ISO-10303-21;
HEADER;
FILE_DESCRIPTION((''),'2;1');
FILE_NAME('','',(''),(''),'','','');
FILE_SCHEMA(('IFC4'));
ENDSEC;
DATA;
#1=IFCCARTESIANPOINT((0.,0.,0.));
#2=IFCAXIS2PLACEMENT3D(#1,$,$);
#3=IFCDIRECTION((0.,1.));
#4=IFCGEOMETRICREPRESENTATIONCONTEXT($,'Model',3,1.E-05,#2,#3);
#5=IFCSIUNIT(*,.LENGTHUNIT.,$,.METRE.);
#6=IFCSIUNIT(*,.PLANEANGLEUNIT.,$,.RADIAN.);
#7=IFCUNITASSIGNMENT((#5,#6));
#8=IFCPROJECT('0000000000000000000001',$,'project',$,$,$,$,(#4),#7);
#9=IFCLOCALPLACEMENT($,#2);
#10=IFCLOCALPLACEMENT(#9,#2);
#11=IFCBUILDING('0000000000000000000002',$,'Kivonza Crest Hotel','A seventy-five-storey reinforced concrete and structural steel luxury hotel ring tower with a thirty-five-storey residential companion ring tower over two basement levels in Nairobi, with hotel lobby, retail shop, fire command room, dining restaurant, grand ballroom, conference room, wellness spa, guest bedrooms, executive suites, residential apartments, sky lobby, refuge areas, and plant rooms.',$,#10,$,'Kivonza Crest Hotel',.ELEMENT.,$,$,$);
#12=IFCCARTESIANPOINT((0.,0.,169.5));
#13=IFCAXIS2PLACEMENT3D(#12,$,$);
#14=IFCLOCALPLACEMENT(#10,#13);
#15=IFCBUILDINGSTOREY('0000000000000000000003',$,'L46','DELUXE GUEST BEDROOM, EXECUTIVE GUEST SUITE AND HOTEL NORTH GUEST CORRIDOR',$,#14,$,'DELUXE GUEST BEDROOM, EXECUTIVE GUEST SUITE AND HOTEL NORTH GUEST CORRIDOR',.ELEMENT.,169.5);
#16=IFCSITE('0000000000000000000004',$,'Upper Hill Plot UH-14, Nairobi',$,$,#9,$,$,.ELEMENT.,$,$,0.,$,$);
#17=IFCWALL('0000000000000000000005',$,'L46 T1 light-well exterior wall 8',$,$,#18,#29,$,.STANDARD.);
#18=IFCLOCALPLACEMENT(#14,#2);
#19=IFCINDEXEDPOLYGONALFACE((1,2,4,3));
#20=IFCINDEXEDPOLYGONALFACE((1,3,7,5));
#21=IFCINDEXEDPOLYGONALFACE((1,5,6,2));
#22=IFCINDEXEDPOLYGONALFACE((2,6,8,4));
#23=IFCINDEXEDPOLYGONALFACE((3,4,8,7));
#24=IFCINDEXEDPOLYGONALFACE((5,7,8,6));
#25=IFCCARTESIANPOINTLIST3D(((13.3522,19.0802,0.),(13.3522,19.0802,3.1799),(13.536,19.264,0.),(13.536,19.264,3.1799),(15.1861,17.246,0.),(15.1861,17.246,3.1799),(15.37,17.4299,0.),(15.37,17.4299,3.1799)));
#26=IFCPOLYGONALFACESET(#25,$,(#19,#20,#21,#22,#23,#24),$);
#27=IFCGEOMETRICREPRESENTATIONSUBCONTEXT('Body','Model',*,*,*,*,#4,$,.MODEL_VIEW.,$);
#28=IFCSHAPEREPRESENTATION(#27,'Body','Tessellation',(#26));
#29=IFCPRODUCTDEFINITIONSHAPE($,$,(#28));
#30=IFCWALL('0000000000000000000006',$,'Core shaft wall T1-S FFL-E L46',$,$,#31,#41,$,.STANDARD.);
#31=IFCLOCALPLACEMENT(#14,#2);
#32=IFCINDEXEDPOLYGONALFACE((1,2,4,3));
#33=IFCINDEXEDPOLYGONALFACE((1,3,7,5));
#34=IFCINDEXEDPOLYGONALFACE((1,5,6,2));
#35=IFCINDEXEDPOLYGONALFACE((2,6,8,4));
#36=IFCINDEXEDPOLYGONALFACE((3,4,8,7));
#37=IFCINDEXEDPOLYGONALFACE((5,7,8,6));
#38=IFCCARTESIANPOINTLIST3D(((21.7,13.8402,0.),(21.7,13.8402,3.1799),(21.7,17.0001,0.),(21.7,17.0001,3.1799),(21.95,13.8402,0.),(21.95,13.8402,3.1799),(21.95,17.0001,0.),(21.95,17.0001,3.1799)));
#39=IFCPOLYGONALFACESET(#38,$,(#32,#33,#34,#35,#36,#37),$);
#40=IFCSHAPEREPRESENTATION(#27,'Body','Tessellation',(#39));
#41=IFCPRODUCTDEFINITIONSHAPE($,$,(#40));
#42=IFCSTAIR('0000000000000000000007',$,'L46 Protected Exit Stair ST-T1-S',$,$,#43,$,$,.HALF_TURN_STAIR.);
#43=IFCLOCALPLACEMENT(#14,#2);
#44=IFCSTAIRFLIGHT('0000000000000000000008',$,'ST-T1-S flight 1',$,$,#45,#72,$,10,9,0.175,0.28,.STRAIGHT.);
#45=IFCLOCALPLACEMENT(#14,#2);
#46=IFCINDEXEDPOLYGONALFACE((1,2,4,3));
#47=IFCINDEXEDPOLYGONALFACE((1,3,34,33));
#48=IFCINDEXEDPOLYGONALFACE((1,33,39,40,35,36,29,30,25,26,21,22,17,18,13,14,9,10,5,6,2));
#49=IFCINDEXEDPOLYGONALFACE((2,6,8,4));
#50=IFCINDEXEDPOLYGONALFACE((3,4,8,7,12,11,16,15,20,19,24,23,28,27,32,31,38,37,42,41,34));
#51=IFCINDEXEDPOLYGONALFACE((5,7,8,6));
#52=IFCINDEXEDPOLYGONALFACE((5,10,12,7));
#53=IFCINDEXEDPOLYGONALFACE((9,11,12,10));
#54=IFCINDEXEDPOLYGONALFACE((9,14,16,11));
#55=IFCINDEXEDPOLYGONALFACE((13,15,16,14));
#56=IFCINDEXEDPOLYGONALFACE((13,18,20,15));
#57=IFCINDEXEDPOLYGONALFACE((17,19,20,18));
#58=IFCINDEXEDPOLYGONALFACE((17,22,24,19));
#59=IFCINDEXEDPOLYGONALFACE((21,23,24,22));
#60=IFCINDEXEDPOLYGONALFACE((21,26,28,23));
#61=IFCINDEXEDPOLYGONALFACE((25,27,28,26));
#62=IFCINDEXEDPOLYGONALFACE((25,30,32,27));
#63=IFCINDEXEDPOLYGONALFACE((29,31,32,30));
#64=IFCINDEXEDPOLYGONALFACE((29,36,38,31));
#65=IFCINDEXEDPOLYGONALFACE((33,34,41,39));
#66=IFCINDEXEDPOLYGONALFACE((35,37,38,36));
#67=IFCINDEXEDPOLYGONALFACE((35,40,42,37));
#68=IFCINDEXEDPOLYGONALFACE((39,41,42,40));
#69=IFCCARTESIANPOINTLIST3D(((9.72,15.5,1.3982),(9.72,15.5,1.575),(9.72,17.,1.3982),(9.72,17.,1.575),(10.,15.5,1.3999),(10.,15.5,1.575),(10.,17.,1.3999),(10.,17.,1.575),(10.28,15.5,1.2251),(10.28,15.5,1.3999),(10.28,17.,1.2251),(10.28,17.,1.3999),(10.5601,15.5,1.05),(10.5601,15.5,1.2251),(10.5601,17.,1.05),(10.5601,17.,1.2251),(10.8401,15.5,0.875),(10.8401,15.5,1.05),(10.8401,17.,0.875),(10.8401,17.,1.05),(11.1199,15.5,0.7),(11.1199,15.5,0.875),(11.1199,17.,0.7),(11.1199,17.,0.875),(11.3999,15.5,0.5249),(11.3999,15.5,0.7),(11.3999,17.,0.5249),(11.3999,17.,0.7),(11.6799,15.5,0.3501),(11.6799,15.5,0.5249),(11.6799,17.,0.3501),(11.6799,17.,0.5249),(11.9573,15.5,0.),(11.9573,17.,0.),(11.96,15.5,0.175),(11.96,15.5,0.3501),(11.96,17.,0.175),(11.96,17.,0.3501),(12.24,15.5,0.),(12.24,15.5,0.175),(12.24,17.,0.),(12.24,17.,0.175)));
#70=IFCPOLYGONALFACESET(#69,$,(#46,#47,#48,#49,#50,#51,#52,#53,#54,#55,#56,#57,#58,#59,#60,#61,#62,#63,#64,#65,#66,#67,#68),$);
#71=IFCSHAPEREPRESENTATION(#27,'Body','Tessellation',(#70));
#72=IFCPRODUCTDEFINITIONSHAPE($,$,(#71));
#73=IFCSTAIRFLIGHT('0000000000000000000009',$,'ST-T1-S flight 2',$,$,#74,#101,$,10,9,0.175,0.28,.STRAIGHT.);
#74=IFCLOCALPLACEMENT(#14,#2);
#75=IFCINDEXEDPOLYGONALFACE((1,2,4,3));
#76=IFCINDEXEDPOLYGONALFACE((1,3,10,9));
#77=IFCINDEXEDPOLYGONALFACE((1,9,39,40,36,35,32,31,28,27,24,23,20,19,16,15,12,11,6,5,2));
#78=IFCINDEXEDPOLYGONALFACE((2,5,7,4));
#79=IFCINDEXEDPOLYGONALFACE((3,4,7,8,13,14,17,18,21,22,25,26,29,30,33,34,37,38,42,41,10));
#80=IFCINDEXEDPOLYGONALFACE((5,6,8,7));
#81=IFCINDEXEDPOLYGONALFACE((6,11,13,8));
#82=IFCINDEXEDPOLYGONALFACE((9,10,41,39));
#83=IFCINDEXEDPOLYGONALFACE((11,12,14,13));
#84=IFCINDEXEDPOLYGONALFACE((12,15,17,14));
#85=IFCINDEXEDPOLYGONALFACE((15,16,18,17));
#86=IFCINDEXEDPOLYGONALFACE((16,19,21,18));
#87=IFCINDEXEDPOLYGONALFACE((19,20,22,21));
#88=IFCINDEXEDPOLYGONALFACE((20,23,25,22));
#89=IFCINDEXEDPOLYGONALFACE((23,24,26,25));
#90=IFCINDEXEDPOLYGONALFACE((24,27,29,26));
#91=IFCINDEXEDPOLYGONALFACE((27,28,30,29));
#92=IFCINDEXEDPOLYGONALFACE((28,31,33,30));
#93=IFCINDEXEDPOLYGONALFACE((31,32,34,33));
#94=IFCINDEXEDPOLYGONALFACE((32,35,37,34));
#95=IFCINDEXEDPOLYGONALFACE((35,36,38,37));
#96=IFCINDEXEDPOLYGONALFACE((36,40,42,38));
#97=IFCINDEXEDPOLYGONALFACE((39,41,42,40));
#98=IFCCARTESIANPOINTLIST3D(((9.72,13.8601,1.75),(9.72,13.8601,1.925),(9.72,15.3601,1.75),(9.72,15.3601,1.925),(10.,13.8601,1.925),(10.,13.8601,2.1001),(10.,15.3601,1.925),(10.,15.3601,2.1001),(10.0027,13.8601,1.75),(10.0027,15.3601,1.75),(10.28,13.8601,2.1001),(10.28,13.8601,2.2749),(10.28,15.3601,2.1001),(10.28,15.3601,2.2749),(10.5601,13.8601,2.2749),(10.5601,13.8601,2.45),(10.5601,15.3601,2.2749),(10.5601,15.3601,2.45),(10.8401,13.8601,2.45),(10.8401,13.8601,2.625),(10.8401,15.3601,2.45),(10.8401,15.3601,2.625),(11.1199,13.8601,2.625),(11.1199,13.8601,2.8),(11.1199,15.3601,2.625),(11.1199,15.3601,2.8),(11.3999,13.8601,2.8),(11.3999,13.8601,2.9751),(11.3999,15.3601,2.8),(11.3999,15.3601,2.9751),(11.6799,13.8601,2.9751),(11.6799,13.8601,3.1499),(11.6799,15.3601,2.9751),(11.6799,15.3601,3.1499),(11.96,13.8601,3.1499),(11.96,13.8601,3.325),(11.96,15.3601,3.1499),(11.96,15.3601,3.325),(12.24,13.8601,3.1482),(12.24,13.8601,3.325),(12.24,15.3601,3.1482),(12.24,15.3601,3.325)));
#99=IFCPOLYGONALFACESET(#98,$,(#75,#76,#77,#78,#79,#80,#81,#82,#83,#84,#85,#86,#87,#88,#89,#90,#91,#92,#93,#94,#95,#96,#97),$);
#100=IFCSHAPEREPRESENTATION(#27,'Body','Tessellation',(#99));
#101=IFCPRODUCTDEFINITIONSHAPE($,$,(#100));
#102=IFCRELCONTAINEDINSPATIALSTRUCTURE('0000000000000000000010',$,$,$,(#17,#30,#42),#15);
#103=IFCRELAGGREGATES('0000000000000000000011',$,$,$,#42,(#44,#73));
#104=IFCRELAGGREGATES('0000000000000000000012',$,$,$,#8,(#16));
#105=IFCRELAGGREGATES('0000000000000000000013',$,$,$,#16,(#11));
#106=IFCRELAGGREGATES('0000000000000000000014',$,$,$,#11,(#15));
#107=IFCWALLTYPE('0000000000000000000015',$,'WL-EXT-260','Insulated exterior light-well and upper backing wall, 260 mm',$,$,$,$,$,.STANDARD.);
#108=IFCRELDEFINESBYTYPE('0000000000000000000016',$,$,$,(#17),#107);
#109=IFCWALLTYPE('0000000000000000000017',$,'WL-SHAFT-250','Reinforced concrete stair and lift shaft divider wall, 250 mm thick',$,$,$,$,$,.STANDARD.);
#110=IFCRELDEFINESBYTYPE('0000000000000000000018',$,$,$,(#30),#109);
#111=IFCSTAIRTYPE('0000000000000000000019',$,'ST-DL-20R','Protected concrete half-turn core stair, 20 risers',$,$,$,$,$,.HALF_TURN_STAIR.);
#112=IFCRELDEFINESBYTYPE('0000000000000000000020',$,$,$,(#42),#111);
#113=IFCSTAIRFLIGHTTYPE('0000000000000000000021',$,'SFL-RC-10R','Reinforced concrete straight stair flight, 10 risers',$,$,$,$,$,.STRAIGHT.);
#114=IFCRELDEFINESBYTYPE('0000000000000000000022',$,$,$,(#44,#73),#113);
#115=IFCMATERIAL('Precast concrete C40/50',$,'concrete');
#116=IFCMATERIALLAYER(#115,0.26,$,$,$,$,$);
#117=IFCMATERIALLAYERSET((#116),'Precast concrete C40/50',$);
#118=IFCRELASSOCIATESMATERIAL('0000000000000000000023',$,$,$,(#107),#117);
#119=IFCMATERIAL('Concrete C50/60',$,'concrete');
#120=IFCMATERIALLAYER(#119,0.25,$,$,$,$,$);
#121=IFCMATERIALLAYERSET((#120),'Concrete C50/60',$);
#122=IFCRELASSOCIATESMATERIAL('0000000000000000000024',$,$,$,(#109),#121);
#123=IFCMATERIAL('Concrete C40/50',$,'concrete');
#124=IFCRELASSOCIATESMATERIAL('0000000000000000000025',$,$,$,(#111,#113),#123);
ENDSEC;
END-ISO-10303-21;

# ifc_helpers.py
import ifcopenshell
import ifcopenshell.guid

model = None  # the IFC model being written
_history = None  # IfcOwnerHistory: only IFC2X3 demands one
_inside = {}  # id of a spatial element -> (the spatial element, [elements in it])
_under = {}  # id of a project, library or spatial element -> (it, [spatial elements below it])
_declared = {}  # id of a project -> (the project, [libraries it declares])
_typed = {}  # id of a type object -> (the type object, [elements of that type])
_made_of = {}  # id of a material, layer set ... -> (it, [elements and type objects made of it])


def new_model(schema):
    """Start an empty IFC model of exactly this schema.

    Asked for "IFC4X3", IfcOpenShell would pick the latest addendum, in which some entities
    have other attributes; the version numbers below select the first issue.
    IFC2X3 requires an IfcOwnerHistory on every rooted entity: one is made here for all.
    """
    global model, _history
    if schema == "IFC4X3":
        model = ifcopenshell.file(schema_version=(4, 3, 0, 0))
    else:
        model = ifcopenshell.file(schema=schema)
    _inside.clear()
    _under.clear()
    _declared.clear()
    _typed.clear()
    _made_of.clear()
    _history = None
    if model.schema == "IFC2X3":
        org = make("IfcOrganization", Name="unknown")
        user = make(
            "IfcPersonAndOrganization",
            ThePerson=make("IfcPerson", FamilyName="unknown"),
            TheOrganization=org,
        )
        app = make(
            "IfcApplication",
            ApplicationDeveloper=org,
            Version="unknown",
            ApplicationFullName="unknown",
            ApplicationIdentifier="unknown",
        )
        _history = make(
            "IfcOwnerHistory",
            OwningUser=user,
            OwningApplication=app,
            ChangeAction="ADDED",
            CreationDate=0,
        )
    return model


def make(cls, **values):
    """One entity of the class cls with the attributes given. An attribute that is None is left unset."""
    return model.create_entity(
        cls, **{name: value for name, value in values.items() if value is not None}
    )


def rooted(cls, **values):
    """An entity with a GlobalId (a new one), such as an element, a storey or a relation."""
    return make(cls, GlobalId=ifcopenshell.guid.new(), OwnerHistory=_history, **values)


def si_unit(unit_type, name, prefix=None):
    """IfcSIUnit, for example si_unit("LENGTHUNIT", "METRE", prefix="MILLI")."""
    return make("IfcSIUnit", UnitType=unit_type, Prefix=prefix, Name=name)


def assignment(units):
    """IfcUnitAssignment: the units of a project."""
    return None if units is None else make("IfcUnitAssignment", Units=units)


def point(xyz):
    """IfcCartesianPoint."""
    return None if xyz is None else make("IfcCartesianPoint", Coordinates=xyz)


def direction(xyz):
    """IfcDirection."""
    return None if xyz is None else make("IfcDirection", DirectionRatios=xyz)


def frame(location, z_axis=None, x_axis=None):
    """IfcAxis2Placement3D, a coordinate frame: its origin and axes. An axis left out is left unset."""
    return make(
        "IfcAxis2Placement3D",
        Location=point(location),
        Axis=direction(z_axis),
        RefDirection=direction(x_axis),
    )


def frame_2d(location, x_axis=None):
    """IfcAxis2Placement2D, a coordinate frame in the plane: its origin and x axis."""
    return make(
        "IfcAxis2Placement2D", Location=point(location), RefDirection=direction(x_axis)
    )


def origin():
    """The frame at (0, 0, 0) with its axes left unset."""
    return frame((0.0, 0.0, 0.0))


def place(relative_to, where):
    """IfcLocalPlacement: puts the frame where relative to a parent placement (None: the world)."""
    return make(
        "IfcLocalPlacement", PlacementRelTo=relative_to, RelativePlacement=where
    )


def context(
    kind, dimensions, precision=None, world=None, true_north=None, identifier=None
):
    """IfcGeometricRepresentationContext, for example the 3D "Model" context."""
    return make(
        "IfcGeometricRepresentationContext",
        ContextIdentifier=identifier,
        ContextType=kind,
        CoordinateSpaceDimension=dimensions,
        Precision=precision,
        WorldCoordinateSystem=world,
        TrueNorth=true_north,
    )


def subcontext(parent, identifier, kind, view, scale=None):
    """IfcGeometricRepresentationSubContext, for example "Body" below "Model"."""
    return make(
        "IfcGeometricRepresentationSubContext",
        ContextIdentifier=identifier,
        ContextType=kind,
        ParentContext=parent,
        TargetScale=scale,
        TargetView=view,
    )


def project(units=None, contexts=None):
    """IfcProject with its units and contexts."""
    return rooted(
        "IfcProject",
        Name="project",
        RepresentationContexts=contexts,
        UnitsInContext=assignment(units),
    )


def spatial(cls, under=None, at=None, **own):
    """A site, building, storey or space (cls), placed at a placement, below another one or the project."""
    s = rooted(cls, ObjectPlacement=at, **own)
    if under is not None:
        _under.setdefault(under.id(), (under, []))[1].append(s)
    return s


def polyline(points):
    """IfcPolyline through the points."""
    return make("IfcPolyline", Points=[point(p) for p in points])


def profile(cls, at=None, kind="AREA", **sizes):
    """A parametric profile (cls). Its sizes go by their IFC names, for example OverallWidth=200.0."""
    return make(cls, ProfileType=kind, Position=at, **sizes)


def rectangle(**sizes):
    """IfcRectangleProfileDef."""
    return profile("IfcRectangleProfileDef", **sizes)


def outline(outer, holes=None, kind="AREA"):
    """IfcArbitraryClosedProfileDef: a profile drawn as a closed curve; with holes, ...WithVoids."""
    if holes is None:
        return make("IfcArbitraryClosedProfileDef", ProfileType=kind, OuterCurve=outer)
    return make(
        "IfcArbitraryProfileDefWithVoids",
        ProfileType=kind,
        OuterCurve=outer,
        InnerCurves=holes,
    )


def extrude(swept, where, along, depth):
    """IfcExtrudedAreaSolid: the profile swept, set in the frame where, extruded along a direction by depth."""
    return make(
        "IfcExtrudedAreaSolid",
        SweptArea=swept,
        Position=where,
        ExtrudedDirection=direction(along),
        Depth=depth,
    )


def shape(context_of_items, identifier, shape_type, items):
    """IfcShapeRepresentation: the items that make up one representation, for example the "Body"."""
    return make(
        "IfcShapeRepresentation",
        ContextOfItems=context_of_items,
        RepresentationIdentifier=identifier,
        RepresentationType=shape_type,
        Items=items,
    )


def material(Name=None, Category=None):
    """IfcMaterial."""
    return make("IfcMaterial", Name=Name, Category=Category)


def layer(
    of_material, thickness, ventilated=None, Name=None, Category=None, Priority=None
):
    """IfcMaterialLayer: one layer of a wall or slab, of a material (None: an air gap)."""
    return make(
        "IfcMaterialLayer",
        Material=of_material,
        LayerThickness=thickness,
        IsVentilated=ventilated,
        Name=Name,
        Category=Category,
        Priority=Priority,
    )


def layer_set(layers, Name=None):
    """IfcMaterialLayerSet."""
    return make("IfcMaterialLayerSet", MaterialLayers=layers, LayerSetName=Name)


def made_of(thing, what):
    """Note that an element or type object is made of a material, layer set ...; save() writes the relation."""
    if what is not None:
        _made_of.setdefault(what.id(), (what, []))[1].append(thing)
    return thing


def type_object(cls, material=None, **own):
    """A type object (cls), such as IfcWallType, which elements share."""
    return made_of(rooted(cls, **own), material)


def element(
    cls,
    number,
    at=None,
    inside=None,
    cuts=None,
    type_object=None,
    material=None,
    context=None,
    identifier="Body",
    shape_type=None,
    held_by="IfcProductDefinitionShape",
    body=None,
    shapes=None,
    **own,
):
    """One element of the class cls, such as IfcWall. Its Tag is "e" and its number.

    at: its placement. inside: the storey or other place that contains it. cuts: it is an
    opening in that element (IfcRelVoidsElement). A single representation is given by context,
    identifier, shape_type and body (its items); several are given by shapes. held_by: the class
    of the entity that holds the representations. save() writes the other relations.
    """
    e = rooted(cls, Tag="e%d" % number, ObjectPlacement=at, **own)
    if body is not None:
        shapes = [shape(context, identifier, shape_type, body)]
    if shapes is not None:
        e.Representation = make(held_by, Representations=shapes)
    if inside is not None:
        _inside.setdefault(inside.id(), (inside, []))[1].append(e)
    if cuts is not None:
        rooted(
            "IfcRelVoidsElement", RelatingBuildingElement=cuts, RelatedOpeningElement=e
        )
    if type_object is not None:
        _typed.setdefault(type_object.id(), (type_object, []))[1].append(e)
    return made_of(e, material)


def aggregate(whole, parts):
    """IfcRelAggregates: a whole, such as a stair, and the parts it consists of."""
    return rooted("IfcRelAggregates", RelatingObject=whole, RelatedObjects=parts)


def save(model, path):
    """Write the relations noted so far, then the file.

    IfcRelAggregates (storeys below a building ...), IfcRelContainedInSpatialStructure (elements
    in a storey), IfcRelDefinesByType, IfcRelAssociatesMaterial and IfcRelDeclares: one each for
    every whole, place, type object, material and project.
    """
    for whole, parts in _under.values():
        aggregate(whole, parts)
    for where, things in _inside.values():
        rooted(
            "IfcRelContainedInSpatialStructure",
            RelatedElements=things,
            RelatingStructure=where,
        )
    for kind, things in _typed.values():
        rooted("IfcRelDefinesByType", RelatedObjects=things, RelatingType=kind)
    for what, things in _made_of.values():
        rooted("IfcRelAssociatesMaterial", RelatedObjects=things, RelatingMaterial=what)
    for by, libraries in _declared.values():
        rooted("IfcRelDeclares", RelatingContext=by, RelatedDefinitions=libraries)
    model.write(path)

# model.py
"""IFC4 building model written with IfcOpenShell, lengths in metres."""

from ifc_helpers import new_model, si_unit, direction, frame, frame_2d, origin, place, context, subcontext, project, spatial, polyline, rectangle, outline, extrude, material, layer, layer_set, type_object, element, aggregate, save


model = new_model("IFC4")

# Units and contexts
model_context = context("Model", 3, precision=1e-05, world=origin(), true_north=direction((0.0, 1.0)))
body_context = subcontext(model_context, "Body", "Model", "MODEL_VIEW")
ifc_project = project(units=[si_unit("LENGTHUNIT", "METRE"), si_unit("PLANEANGLEUNIT", "RADIAN")], contexts=[model_context])

# Site, building, storey
site_placement = place(None, origin())
site = spatial("IfcSite", under=ifc_project, at=site_placement, Name="Upper Hill Plot UH-14, Nairobi", CompositionType="ELEMENT", RefElevation=0.0)
building_placement = place(site_placement, origin())
building = spatial("IfcBuilding", under=site, at=building_placement, Name="Kivonza Crest Hotel", Description="A seventy-five-storey reinforced concrete and structural steel luxury hotel ring tower with a thirty-five-storey residential companion ring tower over two basement levels in Nairobi, with hotel lobby, retail shop, fire command room, dining restaurant, grand ballroom, conference room, wellness spa, guest bedrooms, executive suites, residential apartments, sky lobby, refuge areas, and plant rooms.", LongName="Kivonza Crest Hotel", CompositionType="ELEMENT")
storey_placement = place(building_placement, frame((0.0, 0.0, 169.5)))
storey = spatial("IfcBuildingStorey", under=building, at=storey_placement, Name="L46", Description="DELUXE GUEST BEDROOM, EXECUTIVE GUEST SUITE AND HOTEL NORTH GUEST CORRIDOR", LongName="DELUXE GUEST BEDROOM, EXECUTIVE GUEST SUITE AND HOTEL NORTH GUEST CORRIDOR", CompositionType="ELEMENT", Elevation=169.5)

# Shared definitions
ifc_material_1 = material(Name="Concrete C50/60", Category="concrete")

# Wall
ifc_material_2 = material(Name="Precast concrete C40/50", Category="concrete")
ifc_layer_1 = layer(ifc_material_2, 0.26)
ifc_layer_set_1 = layer_set([ifc_layer_1], Name="Precast concrete C40/50")
wall_type_1 = type_object("IfcWallType", Name="WL-EXT-260", Description="Insulated exterior light-well and upper backing wall, 260 mm", PredefinedType="STANDARD", material=ifc_layer_set_1)
wall_1_placement = place(storey_placement, frame((13.4441, 19.1721, 0.0), z_axis=(0.0, 0.0, 1.0), x_axis=(0.70706, -0.707154, 0.0)))
element("IfcWall", 1, at=wall_1_placement, inside=storey, type_object=wall_type_1, Name="L46 T1 light-well exterior wall 8", PredefinedType="STANDARD", context=body_context, shape_type="SweptSolid", body=[
    extrude(rectangle(XDim=2.5938, YDim=0.26, at=frame_2d((1.2969, 0.0))), origin(), (0.0, 0.0, 1.0), 3.1799),
])

# Shared definitions
ifc_layer_2 = layer(ifc_material_1, 0.25)
ifc_layer_set_2 = layer_set([ifc_layer_2], Name="Concrete C50/60")
wall_type_2 = type_object("IfcWallType", Name="WL-SHAFT-250", Description="Reinforced concrete stair and lift shaft divider wall, 250 mm thick", PredefinedType="STANDARD", material=ifc_layer_set_2)

# Wall
wall_2_placement = place(storey_placement, frame((21.825, 13.8401, 0.0), z_axis=(0.0, 0.0, 1.0), x_axis=(0.0, 1.0, 0.0)))
element("IfcWall", 2, at=wall_2_placement, inside=storey, type_object=wall_type_2, Name="Core shaft wall T1-S FFL-E L46", PredefinedType="STANDARD", context=body_context, shape_type="SweptSolid", body=[
    extrude(rectangle(XDim=3.1599, YDim=0.25, at=frame_2d((1.5801, 0.0))), origin(), (0.0, 0.0, 1.0), 3.1799),
])

# Stair, stair flights
ifc_material_3 = material(Name="Concrete C40/50", Category="concrete")
stair_type = type_object("IfcStairType", Name="ST-DL-20R", Description="Protected concrete half-turn core stair, 20 risers", PredefinedType="HALF_TURN_STAIR", material=ifc_material_3)
stair_placement = place(storey_placement, origin())
stair = element("IfcStair", 3, at=stair_placement, inside=storey, type_object=stair_type, Name="L46 Protected Exit Stair ST-T1-S", PredefinedType="HALF_TURN_STAIR")
stair_flight_type = type_object("IfcStairFlightType", Name="SFL-RC-10R", Description="Reinforced concrete straight stair flight, 10 risers", PredefinedType="STRAIGHT", material=ifc_material_3)
stair_flight_1_placement = place(storey_placement, frame((12.24, 16.25, 0.0), z_axis=(0.0, 0.0, 1.0), x_axis=(-1.0, 0.0, 0.0)))
stair_flight_1 = element("IfcStairFlight", 4, at=stair_flight_1_placement, type_object=stair_flight_type, Name="ST-T1-S flight 1", NumberOfRisers=10, NumberOfTreads=9, PredefinedType="STRAIGHT", RiserHeight=0.175, TreadLength=0.28, context=body_context, shape_type="SweptSolid", body=[
    extrude(outline(polyline([(0.0, 0.0), (0.0, 0.175), (0.28, 0.175), (0.28, 0.3501), (0.5601, 0.3501), (0.5601, 0.5249), (0.8401, 0.5249), (0.8401, 0.7), (1.1201, 0.7), (1.1201, 0.875), (1.3999, 0.875), (1.3999, 1.05), (1.6799, 1.05), (1.6799, 1.2251), (1.96, 1.2251), (1.96, 1.3999), (2.24, 1.3999), (2.24, 1.575), (2.52, 1.575), (2.52, 1.75), (2.52, 1.3982), (0.2827, 0.0), (0.0, 0.0)])), frame((0.0, 0.75, 0.0), z_axis=(0.0, -1.0, 0.0), x_axis=(1.0, 0.0, 0.0)), (0.0, 0.0, 1.0), 1.5),
])
stair_flight_2_placement = place(storey_placement, frame((9.72, 14.6101, 1.75), z_axis=(0.0, 0.0, 1.0), x_axis=(1.0, 0.0, 0.0)))
stair_flight_2 = element("IfcStairFlight", 5, at=stair_flight_2_placement, type_object=stair_flight_type, Name="ST-T1-S flight 2", NumberOfRisers=10, NumberOfTreads=9, PredefinedType="STRAIGHT", RiserHeight=0.175, TreadLength=0.28, context=body_context, shape_type="SweptSolid", body=[
    extrude(outline(polyline([(0.0, 0.0), (0.0, 0.175), (0.28, 0.175), (0.28, 0.3501), (0.5601, 0.3501), (0.5601, 0.5249), (0.8401, 0.5249), (0.8401, 0.7), (1.1201, 0.7), (1.1201, 0.875), (1.3999, 0.875), (1.3999, 1.05), (1.6799, 1.05), (1.6799, 1.2251), (1.96, 1.2251), (1.96, 1.3999), (2.24, 1.3999), (2.24, 1.575), (2.52, 1.575), (2.52, 1.75), (2.52, 1.3982), (0.2827, 0.0), (0.0, 0.0)])), frame((0.0, 0.75, 0.0), z_axis=(0.0, -1.0, 0.0), x_axis=(1.0, 0.0, 0.0)), (0.0, 0.0, 1.0), 1.5),
])
aggregate(stair, [stair_flight_1, stair_flight_2])

save(model, "model.ifc")
